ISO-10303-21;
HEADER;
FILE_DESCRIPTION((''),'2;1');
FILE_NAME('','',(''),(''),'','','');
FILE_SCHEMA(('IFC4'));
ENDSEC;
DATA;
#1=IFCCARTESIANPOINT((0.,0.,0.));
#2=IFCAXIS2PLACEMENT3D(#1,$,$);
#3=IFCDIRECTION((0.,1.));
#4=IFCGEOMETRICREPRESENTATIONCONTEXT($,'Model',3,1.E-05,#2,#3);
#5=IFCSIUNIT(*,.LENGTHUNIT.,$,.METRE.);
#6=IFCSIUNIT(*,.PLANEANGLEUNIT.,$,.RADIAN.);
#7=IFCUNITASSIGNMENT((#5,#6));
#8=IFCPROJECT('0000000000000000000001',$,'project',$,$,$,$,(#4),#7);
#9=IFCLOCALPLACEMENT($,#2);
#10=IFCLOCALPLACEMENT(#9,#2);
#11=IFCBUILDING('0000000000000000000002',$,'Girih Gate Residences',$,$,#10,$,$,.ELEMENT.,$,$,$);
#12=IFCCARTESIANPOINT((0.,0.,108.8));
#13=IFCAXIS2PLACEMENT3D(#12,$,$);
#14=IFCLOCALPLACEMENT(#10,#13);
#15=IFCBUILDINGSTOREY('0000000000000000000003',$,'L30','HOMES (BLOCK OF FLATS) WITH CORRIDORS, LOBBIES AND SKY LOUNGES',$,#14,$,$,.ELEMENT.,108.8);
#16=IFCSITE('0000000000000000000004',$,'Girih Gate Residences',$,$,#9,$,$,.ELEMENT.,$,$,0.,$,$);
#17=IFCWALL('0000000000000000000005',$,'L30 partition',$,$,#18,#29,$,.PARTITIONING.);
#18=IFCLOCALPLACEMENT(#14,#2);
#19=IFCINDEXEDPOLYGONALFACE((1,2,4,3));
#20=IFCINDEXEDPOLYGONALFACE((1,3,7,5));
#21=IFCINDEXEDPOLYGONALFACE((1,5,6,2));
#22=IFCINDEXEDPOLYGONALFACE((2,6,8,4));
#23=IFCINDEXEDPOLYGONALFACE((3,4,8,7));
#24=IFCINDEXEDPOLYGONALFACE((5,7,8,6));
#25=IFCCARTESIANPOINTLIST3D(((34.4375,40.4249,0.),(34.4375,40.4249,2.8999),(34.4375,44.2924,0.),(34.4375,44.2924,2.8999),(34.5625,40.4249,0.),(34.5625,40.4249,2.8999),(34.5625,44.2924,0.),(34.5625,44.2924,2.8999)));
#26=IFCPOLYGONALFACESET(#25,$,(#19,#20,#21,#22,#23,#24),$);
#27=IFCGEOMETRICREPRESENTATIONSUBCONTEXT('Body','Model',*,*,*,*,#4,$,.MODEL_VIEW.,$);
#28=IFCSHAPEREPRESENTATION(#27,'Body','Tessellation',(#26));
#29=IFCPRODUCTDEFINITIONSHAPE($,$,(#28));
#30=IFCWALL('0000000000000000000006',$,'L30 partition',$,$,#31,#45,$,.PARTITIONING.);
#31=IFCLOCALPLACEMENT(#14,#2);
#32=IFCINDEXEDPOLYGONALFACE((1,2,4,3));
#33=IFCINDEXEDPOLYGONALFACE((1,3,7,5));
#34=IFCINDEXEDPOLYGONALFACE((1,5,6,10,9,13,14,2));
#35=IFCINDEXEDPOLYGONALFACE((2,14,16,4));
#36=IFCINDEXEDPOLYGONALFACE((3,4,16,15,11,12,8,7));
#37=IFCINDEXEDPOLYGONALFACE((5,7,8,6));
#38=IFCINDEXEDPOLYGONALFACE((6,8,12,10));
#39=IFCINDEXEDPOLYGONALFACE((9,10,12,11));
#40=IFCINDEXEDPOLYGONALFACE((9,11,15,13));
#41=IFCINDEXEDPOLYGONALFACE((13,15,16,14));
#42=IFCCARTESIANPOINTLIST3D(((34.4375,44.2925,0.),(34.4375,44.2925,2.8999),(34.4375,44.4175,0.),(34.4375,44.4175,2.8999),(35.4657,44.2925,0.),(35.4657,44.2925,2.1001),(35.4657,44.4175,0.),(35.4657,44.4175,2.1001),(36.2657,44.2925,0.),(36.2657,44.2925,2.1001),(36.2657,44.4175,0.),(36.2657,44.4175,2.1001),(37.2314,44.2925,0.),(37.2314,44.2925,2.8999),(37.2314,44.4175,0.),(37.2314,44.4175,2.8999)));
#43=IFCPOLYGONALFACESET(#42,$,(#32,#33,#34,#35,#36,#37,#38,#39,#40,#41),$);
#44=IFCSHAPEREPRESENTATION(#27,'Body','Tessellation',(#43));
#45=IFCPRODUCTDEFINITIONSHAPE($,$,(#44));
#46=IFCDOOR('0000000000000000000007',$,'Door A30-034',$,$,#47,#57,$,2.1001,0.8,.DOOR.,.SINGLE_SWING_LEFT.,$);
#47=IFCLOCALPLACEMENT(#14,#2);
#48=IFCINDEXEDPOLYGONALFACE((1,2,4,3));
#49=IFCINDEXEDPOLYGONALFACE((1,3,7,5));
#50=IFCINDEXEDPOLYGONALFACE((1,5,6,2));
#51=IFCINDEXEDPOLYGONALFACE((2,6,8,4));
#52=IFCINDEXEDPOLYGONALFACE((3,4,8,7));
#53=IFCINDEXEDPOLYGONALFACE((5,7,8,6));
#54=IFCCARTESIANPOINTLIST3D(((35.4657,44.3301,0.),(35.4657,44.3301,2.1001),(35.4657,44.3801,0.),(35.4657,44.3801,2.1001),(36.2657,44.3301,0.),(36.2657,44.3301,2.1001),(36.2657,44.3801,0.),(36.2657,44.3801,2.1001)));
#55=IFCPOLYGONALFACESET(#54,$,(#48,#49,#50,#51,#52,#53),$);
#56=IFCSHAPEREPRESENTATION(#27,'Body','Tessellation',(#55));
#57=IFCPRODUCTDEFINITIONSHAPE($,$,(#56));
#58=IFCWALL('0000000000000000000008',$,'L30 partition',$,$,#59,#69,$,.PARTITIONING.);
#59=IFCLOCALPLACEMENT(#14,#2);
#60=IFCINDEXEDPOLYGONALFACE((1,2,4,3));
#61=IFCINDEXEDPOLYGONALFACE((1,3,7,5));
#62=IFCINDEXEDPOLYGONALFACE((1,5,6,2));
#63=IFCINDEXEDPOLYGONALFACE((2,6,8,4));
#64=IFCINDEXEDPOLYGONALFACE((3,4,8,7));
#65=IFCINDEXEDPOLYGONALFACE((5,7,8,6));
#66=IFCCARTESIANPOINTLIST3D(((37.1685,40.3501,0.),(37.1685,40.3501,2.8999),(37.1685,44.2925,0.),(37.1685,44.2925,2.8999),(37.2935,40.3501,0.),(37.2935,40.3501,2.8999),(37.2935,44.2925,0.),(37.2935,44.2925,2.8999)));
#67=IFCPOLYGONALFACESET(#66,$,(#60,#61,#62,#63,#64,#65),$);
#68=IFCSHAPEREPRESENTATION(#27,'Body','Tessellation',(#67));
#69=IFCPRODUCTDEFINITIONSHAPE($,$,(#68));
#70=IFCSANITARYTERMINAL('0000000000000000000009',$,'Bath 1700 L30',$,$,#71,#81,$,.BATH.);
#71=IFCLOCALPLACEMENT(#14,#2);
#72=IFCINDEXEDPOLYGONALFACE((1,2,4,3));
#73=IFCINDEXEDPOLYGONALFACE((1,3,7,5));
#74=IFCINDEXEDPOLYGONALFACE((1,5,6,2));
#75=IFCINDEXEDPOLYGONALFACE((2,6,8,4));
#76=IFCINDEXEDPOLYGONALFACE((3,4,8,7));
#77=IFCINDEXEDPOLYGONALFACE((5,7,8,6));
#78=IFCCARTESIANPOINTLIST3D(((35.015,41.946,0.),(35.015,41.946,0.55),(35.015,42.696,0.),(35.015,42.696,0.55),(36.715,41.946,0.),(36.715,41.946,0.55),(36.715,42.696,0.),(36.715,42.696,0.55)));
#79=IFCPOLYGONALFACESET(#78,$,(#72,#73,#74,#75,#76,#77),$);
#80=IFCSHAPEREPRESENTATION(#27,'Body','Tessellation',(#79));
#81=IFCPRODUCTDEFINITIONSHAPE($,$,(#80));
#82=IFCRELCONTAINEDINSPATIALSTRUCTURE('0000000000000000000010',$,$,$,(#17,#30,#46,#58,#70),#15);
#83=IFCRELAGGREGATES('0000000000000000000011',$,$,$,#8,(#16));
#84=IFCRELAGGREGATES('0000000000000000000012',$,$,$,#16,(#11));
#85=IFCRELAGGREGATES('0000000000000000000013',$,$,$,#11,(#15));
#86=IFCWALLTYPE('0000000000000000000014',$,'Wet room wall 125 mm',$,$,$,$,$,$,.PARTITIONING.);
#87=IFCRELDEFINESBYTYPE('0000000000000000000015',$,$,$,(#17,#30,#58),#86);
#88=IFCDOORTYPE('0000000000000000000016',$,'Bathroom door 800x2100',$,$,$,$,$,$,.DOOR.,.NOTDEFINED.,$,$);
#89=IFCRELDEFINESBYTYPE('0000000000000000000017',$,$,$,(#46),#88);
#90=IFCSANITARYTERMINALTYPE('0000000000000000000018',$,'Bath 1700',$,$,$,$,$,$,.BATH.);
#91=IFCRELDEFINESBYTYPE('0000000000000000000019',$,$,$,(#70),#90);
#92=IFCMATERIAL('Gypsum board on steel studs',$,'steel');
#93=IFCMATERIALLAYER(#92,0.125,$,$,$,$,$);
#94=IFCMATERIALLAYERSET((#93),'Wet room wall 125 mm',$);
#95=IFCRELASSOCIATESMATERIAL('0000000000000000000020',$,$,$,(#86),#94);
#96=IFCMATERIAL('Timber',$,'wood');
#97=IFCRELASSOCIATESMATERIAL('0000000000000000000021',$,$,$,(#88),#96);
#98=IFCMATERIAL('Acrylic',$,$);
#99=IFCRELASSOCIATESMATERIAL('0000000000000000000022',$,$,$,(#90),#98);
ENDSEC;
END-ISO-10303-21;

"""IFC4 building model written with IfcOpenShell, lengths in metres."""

from ifc_helpers import new_model, si_unit, direction, frame, frame_2d, origin, origin_2d, place, context, subcontext, project, spatial, rectangle, extrude, material, layer, layer_set, type_object, element, fill, save


model = new_model("IFC4")

# Units and contexts
model_context = context("Model", 3, precision=1e-05, world=origin(), true_north=direction((0.0, 1.0)))
body_context = subcontext(model_context, "Body", "Model", "MODEL_VIEW")
ifc_project = project(units=[si_unit("LENGTHUNIT", "METRE"), si_unit("PLANEANGLEUNIT", "RADIAN")], contexts=[model_context])

# Site, building, storey
site_placement = place(None, origin())
site = spatial("IfcSite", under=ifc_project, at=site_placement, Name="Girih Gate Residences", CompositionType="ELEMENT", RefElevation=0.0)
building_placement = place(site_placement, origin())
building = spatial("IfcBuilding", under=site, at=building_placement, Name="Girih Gate Residences", CompositionType="ELEMENT")
storey_placement = place(building_placement, frame((0.0, 0.0, 108.8)))
storey = spatial("IfcBuildingStorey", under=building, at=storey_placement, Name="L30", Description="HOMES (BLOCK OF FLATS) WITH CORRIDORS, LOBBIES AND SKY LOUNGES", CompositionType="ELEMENT", Elevation=108.8)

# Shared definitions
ifc_material_1 = material(Name="Gypsum board on steel studs", Category="steel")

# Shared definitions
ifc_material_2 = material(Name="Timber", Category="wood")

# Wall
ifc_layer_1 = layer(ifc_material_1, 0.125)
ifc_layer_set_1 = layer_set([ifc_layer_1], Name="Wet room wall 125 mm")
wall_type_1 = type_object("IfcWallType", Name="Wet room wall 125 mm", PredefinedType="PARTITIONING", material=ifc_layer_set_1)
wall_1_placement = place(storey_placement, frame((34.5, 40.425, 0.0), z_axis=(0.0, 0.0, 1.0), x_axis=(0.0, 1.0, 0.0)))
element("IfcWall", 1, at=wall_1_placement, inside=storey, type_object=wall_type_1, Name="L30 partition", PredefinedType="PARTITIONING", context=body_context, shape_type="SweptSolid", body=[
    extrude(rectangle(XDim=3.8674, YDim=0.125, at=frame_2d((1.9336, 0.0))), origin(), (0.0, 0.0, 1.0), 2.8999),
])

# Wall, opening, door
wall_2_placement = place(storey_placement, frame((37.2314, 44.355, 0.0), z_axis=(0.0, 0.0, 1.0), x_axis=(-1.0, 0.0, 0.0)))
wall_2 = element("IfcWall", 2, at=wall_2_placement, inside=storey, type_object=wall_type_1, Name="L30 partition", PredefinedType="PARTITIONING", context=body_context, shape_type="SweptSolid", body=[
    extrude(rectangle(XDim=2.7939, YDim=0.125, at=frame_2d((1.397, 0.0))), origin(), (0.0, 0.0, 1.0), 2.8999),
])
opening_1_placement = place(wall_2_placement, frame((0.9658, 0.0, 0.0)))
opening_1 = element("IfcOpeningElement", 3, at=opening_1_placement, cuts=wall_2, PredefinedType="OPENING", context=body_context, shape_type="SweptSolid", body=[
    extrude(rectangle(XDim=0.8, YDim=2.1001, at=frame_2d((0.3999, 1.05))), frame((0.0, 0.0725, 0.0), z_axis=(0.0, -1.0, 0.0), x_axis=(1.0, 0.0, 0.0)), (0.0, 0.0, 1.0), 0.145),
])
door_type_1 = type_object("IfcDoorType", Name="Bathroom door 800x2100", OperationType="NOTDEFINED", PredefinedType="DOOR", material=ifc_material_2)
door_1_placement = place(opening_1_placement, origin())
door_1 = element("IfcDoor", 4, at=door_1_placement, inside=storey, type_object=door_type_1, Name="Door A30-034", OperationType="SINGLE_SWING_LEFT", OverallHeight=2.1001, OverallWidth=0.8, PredefinedType="DOOR", context=body_context, shape_type="SweptSolid", body=[
    extrude(rectangle(XDim=0.8, YDim=2.1001, at=frame_2d((0.3999, 1.05))), frame((0.0, 0.0249, 0.0), z_axis=(0.0, -1.0, 0.0), x_axis=(1.0, 0.0, 0.0)), (0.0, 0.0, 1.0), 0.05),
])
fill(opening_1, door_1)

# Wall
wall_3_placement = place(storey_placement, frame((37.231, 40.3501, 0.0), z_axis=(0.0, 0.0, 1.0), x_axis=(0.0, 1.0, 0.0)))
element("IfcWall", 5, at=wall_3_placement, inside=storey, type_object=wall_type_1, Name="L30 partition", PredefinedType="PARTITIONING", context=body_context, shape_type="SweptSolid", body=[
    extrude(rectangle(XDim=3.9424, YDim=0.125, at=frame_2d((1.9712, 0.0))), origin(), (0.0, 0.0, 1.0), 2.8999),
])

# Sanitary terminal
ifc_material_3 = material(Name="Acrylic")
sanitary_terminal_type = type_object("IfcSanitaryTerminalType", Name="Bath 1700", PredefinedType="BATH", material=ifc_material_3)
sanitary_terminal_placement = place(storey_placement, frame((35.865, 42.321, 0.0), z_axis=(0.0, 0.0, 1.0), x_axis=(1.0, 0.0, 0.0)))
element("IfcSanitaryTerminal", 6, at=sanitary_terminal_placement, inside=storey, type_object=sanitary_terminal_type, Name="Bath 1700 L30", PredefinedType="BATH", context=body_context, shape_type="SweptSolid", body=[
    extrude(rectangle(XDim=1.7, YDim=0.75, at=origin_2d()), origin(), (0.0, 0.0, 1.0), 0.55),
])

save(model, "model.ifc")
